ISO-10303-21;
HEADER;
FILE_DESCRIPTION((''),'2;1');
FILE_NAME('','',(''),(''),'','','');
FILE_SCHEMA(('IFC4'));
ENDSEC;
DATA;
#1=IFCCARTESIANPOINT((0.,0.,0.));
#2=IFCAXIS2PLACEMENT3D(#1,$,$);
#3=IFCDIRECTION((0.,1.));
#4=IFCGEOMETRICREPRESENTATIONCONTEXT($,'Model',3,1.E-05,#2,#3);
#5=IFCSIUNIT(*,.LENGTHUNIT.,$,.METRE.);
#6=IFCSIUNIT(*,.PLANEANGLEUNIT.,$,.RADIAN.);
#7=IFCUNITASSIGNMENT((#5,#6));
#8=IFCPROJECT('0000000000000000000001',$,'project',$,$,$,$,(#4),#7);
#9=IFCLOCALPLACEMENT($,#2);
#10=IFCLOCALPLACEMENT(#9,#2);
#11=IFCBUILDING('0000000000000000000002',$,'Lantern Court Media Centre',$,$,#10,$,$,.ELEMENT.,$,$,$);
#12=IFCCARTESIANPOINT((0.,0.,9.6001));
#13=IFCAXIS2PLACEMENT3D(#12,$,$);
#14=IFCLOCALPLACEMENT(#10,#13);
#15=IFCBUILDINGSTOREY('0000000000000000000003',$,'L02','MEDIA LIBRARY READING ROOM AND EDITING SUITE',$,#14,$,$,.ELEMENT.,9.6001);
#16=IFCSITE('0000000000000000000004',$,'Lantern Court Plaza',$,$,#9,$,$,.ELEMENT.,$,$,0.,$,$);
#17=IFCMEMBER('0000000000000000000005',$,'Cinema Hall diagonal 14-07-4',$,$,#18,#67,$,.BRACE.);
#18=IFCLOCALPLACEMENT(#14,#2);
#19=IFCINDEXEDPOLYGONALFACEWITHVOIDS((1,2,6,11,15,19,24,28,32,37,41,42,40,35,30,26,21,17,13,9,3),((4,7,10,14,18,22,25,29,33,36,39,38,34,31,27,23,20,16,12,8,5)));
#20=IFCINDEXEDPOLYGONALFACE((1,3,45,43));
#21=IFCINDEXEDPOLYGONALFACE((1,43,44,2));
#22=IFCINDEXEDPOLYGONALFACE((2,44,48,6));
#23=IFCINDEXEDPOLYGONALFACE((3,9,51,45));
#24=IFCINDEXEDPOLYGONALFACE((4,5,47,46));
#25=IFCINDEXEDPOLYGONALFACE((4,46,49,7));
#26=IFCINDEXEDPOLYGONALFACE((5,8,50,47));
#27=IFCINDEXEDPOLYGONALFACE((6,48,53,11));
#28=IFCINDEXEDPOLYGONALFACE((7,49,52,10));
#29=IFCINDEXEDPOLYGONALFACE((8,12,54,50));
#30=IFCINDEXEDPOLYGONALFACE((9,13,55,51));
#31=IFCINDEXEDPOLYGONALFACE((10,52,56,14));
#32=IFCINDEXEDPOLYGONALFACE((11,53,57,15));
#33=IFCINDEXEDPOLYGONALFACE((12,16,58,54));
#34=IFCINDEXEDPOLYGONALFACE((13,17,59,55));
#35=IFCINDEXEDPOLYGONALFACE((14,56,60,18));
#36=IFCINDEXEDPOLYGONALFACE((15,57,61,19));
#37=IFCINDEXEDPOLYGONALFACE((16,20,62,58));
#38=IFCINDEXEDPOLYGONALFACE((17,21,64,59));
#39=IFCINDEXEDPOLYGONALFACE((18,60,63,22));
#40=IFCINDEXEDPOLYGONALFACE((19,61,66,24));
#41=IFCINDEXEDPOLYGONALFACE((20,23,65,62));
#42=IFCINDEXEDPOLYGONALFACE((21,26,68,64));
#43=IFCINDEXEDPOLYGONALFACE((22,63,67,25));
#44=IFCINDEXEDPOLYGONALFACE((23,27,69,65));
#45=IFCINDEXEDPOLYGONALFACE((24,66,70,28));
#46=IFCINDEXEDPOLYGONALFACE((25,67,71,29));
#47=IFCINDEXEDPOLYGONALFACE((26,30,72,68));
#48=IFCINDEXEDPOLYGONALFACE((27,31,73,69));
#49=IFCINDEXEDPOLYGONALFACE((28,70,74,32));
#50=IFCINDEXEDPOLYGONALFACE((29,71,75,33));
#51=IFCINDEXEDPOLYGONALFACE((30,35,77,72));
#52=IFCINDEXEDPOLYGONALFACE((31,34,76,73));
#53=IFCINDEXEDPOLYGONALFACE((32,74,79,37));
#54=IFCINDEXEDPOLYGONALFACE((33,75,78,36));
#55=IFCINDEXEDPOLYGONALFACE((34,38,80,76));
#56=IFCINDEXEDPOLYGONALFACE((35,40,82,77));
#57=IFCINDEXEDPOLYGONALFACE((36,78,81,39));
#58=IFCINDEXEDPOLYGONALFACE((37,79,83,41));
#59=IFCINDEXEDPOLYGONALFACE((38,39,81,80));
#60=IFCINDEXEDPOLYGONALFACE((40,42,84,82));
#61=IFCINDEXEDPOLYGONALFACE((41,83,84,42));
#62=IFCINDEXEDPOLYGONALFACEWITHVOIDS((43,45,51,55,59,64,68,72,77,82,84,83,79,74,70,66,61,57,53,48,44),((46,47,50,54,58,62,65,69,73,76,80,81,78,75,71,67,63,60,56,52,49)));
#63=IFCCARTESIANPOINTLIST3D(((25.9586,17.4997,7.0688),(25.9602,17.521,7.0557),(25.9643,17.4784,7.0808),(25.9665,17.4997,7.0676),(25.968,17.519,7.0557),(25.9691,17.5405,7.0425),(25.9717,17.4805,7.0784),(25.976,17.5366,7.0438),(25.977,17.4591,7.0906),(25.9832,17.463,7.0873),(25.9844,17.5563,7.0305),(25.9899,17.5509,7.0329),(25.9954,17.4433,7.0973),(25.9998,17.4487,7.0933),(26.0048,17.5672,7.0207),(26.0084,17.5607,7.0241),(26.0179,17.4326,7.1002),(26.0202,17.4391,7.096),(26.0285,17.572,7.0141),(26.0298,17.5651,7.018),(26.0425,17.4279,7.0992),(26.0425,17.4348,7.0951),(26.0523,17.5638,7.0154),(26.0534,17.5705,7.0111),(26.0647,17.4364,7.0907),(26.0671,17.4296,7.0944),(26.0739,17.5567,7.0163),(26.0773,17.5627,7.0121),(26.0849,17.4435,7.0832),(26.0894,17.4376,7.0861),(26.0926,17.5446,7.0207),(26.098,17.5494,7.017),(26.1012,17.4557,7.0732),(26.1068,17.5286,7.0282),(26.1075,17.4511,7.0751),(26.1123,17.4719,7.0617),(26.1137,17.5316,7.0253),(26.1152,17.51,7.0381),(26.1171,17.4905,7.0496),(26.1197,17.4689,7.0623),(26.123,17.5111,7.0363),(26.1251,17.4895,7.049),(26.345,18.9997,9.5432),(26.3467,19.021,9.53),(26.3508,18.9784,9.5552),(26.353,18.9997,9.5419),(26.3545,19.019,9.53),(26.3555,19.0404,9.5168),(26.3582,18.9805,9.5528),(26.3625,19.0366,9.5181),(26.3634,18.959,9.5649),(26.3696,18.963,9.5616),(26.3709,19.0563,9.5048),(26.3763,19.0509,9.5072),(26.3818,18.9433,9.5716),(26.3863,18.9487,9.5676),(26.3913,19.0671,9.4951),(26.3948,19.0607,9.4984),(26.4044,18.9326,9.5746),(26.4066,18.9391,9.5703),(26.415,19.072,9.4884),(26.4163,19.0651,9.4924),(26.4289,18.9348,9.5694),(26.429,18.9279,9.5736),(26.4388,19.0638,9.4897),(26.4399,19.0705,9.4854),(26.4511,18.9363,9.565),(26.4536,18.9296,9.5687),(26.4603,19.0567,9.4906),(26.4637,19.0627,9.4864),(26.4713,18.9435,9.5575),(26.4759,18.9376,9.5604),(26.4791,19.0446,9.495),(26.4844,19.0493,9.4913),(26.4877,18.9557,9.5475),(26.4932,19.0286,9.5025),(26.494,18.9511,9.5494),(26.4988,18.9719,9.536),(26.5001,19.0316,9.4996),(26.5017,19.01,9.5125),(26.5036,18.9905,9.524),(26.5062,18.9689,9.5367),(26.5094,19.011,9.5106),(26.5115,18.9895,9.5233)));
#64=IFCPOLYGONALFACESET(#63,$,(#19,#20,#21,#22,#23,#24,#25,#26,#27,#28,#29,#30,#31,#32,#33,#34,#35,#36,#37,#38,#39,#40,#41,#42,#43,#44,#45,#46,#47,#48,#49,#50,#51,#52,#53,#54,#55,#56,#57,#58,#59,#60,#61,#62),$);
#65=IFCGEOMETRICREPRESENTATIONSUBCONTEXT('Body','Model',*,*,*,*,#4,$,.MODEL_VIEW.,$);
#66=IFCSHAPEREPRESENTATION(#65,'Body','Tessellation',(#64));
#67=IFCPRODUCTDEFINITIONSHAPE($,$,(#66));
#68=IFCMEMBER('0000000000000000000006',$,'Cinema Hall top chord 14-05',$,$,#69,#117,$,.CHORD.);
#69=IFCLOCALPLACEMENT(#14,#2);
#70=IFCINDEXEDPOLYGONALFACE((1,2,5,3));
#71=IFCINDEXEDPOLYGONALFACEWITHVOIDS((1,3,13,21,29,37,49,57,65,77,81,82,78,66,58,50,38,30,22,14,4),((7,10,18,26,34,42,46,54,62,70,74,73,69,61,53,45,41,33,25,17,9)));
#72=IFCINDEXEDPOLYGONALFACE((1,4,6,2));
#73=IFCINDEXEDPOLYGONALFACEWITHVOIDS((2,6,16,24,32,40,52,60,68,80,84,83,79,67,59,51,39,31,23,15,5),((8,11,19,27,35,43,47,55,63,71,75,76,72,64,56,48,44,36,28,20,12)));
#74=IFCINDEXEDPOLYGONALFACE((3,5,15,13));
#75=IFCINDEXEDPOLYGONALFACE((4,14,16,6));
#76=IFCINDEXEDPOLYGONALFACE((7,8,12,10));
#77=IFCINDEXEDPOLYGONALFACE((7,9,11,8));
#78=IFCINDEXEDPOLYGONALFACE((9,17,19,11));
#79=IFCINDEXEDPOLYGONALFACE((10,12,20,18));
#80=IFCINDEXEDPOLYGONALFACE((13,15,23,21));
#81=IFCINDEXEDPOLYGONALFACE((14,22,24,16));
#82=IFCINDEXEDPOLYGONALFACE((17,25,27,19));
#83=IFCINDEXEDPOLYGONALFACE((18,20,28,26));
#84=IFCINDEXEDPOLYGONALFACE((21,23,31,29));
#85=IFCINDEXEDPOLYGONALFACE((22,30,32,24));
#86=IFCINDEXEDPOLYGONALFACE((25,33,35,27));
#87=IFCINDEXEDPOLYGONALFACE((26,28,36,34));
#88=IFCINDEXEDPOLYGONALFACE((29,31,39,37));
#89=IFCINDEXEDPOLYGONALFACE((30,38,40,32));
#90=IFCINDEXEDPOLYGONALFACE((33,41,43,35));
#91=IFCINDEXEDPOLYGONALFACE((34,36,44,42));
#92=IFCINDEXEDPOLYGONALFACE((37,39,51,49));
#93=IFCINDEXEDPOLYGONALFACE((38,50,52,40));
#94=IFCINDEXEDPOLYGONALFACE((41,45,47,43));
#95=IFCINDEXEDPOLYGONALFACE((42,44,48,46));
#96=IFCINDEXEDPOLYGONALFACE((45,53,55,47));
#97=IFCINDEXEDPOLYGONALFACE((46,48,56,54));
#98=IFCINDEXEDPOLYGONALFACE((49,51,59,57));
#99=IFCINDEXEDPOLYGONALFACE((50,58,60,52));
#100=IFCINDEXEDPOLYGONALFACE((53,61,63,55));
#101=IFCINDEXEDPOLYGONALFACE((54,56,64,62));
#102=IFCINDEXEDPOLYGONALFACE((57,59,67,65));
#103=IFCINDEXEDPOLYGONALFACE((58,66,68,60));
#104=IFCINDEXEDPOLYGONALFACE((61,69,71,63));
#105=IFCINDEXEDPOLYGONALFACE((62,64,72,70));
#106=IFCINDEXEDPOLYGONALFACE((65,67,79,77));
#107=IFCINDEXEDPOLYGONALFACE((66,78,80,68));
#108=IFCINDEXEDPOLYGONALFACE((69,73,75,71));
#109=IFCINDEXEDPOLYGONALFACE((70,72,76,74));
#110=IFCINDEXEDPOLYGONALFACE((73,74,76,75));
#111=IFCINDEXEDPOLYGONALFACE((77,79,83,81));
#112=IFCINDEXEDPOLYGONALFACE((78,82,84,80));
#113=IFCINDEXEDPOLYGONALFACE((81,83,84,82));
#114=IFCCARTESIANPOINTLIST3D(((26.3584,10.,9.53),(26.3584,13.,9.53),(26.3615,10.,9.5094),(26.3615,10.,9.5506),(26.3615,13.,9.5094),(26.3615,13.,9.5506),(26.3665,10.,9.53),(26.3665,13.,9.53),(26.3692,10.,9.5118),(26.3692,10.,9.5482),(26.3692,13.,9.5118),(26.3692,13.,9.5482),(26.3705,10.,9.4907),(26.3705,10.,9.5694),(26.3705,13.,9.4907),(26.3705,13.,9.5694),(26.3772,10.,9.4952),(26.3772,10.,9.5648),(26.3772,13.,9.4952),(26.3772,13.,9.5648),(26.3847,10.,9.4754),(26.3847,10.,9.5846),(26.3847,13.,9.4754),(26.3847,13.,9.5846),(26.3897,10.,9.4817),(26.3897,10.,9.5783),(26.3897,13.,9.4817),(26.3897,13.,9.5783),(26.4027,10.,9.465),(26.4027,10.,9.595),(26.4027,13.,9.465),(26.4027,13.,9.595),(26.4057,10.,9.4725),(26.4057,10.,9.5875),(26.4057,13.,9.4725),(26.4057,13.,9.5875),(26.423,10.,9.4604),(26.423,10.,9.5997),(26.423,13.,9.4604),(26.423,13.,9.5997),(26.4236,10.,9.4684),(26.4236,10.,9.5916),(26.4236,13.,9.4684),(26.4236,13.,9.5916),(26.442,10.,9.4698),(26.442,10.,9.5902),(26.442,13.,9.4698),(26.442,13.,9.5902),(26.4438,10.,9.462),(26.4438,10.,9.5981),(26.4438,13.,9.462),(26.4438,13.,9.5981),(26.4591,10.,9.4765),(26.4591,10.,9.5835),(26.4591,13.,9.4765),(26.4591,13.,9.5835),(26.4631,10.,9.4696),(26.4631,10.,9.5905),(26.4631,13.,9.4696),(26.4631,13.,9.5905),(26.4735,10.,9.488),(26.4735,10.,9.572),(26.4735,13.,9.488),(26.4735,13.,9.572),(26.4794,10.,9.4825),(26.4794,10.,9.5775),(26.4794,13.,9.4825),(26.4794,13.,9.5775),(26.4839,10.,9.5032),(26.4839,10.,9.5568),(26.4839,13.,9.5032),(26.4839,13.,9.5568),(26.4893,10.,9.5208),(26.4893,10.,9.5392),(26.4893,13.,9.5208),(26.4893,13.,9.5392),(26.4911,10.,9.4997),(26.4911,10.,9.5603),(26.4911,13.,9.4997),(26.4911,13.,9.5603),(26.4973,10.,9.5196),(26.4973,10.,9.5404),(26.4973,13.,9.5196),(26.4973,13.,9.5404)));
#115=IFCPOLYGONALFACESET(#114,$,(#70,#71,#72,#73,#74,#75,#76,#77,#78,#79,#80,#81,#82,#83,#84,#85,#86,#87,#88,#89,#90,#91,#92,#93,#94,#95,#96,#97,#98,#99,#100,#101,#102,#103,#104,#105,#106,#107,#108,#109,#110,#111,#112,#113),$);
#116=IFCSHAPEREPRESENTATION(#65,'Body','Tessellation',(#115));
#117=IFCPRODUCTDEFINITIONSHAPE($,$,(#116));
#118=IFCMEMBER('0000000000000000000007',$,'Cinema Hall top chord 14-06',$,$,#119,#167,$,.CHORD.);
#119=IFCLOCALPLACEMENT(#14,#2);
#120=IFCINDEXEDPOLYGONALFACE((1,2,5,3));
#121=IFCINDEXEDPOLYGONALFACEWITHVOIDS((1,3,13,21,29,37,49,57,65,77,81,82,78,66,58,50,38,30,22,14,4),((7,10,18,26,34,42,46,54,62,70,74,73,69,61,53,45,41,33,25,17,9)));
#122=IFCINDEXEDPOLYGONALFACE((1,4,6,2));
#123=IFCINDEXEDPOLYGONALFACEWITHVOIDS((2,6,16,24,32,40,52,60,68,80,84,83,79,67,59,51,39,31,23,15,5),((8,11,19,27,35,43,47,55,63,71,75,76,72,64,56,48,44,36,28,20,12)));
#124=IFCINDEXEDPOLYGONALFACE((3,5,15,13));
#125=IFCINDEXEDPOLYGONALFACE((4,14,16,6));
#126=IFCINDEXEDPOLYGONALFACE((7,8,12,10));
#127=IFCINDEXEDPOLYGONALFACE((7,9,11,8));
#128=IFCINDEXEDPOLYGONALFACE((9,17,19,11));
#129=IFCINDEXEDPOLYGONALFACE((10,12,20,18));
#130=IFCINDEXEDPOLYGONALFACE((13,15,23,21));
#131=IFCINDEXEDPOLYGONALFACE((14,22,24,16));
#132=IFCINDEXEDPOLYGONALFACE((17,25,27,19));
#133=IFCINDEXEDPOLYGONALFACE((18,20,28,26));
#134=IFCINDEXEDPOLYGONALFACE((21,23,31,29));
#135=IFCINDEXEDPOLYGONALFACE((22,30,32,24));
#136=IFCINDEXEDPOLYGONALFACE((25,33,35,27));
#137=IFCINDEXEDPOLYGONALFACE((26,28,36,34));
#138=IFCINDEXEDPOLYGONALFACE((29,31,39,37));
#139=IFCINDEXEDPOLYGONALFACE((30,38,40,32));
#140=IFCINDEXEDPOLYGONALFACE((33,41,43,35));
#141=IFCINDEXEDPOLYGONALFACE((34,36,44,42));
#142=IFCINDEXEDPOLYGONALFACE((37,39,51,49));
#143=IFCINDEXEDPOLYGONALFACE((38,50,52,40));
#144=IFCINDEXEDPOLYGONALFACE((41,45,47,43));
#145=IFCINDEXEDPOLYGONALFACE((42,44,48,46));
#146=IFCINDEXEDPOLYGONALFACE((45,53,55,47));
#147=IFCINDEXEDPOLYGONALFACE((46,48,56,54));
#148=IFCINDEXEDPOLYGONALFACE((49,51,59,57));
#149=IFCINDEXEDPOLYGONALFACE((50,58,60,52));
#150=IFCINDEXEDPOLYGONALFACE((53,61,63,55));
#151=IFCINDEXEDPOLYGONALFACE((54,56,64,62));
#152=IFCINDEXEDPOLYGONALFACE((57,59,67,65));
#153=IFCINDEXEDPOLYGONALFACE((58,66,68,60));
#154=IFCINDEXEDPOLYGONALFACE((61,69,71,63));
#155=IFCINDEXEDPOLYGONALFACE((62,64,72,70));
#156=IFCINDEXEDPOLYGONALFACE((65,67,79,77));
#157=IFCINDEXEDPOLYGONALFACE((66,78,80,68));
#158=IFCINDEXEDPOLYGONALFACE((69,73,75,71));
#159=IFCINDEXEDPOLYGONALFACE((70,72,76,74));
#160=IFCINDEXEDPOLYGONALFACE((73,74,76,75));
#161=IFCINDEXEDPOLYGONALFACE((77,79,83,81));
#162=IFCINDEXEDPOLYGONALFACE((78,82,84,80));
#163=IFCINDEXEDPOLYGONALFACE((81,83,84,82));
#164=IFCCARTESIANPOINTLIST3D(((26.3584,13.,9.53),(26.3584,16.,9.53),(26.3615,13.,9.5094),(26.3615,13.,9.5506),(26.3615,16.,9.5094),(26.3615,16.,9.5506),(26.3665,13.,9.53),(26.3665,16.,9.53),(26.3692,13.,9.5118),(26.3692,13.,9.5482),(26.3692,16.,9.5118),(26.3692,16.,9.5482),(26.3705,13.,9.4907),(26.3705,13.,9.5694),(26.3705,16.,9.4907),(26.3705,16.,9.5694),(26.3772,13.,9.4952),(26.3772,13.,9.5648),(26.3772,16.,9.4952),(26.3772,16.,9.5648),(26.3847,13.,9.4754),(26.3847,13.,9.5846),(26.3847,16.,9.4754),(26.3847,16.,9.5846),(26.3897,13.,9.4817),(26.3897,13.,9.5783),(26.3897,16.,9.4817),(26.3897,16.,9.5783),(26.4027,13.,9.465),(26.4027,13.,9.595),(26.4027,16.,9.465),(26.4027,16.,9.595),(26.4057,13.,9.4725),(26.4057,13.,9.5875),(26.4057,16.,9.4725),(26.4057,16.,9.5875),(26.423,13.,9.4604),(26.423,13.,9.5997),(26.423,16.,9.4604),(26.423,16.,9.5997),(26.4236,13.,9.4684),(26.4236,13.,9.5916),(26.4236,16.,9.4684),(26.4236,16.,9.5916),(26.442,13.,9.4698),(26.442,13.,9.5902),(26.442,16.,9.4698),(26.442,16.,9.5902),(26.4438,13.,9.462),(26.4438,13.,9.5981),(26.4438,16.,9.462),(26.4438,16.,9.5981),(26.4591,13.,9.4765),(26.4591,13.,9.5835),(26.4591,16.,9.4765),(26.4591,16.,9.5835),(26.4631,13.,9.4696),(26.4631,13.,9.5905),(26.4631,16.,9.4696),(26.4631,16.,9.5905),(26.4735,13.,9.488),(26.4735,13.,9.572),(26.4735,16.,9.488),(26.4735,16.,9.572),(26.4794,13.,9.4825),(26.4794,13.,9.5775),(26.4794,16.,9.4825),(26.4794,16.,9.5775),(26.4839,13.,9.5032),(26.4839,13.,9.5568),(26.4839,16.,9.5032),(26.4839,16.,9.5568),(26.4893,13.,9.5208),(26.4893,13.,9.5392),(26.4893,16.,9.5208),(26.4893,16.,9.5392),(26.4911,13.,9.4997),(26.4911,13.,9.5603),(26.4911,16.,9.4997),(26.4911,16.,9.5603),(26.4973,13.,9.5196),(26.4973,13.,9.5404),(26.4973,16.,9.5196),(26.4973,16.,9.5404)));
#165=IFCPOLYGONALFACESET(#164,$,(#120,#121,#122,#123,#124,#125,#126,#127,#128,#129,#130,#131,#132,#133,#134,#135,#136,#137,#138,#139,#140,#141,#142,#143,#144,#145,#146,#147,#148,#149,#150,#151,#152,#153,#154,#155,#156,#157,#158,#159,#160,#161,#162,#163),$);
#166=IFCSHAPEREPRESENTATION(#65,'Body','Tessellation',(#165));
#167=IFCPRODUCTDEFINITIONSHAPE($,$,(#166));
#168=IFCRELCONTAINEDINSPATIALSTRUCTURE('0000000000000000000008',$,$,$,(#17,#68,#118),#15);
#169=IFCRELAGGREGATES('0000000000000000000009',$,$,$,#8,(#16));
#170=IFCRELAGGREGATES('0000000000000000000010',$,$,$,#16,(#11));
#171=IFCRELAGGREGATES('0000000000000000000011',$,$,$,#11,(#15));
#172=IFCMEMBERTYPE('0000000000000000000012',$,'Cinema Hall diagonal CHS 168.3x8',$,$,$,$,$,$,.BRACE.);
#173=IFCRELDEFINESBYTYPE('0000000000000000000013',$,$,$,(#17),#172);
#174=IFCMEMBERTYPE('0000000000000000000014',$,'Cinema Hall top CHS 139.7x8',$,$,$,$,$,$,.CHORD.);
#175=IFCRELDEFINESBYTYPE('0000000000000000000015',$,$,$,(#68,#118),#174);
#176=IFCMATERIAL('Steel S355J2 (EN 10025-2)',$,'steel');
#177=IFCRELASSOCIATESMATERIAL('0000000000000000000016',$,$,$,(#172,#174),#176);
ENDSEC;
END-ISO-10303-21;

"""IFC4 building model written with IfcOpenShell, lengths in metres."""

from ifc_helpers import new_model, si_unit, direction, frame, origin, origin_2d, place, context, subcontext, project, spatial, hollow_circle, extrude, material, material_profile, profile_set, type_object, element, save


model = new_model("IFC4")

# Units and contexts
model_context = context("Model", 3, precision=1e-05, world=origin(), true_north=direction((0.0, 1.0)))
body_context = subcontext(model_context, "Body", "Model", "MODEL_VIEW")
ifc_project = project(units=[si_unit("LENGTHUNIT", "METRE"), si_unit("PLANEANGLEUNIT", "RADIAN")], contexts=[model_context])

# Site, building, storey
site_placement = place(None, origin())
site = spatial("IfcSite", under=ifc_project, at=site_placement, Name="Lantern Court Plaza", CompositionType="ELEMENT", RefElevation=0.0)
building_placement = place(site_placement, origin())
building = spatial("IfcBuilding", under=site, at=building_placement, Name="Lantern Court Media Centre", CompositionType="ELEMENT")
storey_placement = place(building_placement, frame((0.0, 0.0, 9.6001)))
storey = spatial("IfcBuildingStorey", under=building, at=storey_placement, Name="L02", Description="MEDIA LIBRARY READING ROOM AND EDITING SUITE", CompositionType="ELEMENT", Elevation=9.6001)

# Members
ifc_material = material(Name="Steel S355J2 (EN 10025-2)", Category="steel")
ifc_material_profile_1 = material_profile(ifc_material, hollow_circle(Radius=0.0842, WallThickness=0.0081, at=origin_2d()), Name="Cinema Hall diagonal CHS 168.3x8")
ifc_profile_set_1 = profile_set([ifc_material_profile_1], Name="Steel S355J2 (EN 10025-2)")
member_type_1 = type_object("IfcMemberType", Name="Cinema Hall diagonal CHS 168.3x8", PredefinedType="BRACE", material=ifc_profile_set_1)
member_1_placement = place(storey_placement, frame((26.0417, 17.5, 7.0557), z_axis=(0.13239, 0.513836, 0.847612), x_axis=(-0.968374, 0.249501, 0.0)))
element("IfcMember", 1, at=member_1_placement, inside=storey, type_object=member_type_1, Name="Cinema Hall diagonal 14-07-4", PredefinedType="BRACE", context=body_context, shape_type="SweptSolid", body=[
    extrude(hollow_circle(Radius=0.0842, WallThickness=0.0081, at=origin_2d()), origin(), (0.0, 0.0, 1.0), 2.9192),
])
ifc_material_profile_2 = material_profile(ifc_material, hollow_circle(Radius=0.0698, WallThickness=0.0081, at=origin_2d()), Name="Cinema Hall top CHS 139.7x8")
ifc_profile_set_2 = profile_set([ifc_material_profile_2], Name="Steel S355J2 (EN 10025-2)")
member_type_2 = type_object("IfcMemberType", Name="Cinema Hall top CHS 139.7x8", PredefinedType="CHORD", material=ifc_profile_set_2)
for number, where, z_axis, x_axis, name in (
    (2, (26.4282, 10.0, 9.53), (0.0, 1.0, 0.0), (-1.0, 0.0, 0.0), "Cinema Hall top chord 14-05"),
    (3, (26.4282, 13.0, 9.53), (0.0, 1.0, 0.0), (-1.0, 0.0, 0.0), "Cinema Hall top chord 14-06"),
):
    element("IfcMember", number, at=place(storey_placement, frame(where, z_axis=z_axis, x_axis=x_axis)), inside=storey, type_object=member_type_2, Name=name, PredefinedType="CHORD", context=body_context, shape_type="SweptSolid", body=[
        extrude(hollow_circle(Radius=0.0698, WallThickness=0.0081, at=origin_2d()), origin(), (0.0, 0.0, 1.0), 3.0),
    ])

save(model, "model.ifc")
